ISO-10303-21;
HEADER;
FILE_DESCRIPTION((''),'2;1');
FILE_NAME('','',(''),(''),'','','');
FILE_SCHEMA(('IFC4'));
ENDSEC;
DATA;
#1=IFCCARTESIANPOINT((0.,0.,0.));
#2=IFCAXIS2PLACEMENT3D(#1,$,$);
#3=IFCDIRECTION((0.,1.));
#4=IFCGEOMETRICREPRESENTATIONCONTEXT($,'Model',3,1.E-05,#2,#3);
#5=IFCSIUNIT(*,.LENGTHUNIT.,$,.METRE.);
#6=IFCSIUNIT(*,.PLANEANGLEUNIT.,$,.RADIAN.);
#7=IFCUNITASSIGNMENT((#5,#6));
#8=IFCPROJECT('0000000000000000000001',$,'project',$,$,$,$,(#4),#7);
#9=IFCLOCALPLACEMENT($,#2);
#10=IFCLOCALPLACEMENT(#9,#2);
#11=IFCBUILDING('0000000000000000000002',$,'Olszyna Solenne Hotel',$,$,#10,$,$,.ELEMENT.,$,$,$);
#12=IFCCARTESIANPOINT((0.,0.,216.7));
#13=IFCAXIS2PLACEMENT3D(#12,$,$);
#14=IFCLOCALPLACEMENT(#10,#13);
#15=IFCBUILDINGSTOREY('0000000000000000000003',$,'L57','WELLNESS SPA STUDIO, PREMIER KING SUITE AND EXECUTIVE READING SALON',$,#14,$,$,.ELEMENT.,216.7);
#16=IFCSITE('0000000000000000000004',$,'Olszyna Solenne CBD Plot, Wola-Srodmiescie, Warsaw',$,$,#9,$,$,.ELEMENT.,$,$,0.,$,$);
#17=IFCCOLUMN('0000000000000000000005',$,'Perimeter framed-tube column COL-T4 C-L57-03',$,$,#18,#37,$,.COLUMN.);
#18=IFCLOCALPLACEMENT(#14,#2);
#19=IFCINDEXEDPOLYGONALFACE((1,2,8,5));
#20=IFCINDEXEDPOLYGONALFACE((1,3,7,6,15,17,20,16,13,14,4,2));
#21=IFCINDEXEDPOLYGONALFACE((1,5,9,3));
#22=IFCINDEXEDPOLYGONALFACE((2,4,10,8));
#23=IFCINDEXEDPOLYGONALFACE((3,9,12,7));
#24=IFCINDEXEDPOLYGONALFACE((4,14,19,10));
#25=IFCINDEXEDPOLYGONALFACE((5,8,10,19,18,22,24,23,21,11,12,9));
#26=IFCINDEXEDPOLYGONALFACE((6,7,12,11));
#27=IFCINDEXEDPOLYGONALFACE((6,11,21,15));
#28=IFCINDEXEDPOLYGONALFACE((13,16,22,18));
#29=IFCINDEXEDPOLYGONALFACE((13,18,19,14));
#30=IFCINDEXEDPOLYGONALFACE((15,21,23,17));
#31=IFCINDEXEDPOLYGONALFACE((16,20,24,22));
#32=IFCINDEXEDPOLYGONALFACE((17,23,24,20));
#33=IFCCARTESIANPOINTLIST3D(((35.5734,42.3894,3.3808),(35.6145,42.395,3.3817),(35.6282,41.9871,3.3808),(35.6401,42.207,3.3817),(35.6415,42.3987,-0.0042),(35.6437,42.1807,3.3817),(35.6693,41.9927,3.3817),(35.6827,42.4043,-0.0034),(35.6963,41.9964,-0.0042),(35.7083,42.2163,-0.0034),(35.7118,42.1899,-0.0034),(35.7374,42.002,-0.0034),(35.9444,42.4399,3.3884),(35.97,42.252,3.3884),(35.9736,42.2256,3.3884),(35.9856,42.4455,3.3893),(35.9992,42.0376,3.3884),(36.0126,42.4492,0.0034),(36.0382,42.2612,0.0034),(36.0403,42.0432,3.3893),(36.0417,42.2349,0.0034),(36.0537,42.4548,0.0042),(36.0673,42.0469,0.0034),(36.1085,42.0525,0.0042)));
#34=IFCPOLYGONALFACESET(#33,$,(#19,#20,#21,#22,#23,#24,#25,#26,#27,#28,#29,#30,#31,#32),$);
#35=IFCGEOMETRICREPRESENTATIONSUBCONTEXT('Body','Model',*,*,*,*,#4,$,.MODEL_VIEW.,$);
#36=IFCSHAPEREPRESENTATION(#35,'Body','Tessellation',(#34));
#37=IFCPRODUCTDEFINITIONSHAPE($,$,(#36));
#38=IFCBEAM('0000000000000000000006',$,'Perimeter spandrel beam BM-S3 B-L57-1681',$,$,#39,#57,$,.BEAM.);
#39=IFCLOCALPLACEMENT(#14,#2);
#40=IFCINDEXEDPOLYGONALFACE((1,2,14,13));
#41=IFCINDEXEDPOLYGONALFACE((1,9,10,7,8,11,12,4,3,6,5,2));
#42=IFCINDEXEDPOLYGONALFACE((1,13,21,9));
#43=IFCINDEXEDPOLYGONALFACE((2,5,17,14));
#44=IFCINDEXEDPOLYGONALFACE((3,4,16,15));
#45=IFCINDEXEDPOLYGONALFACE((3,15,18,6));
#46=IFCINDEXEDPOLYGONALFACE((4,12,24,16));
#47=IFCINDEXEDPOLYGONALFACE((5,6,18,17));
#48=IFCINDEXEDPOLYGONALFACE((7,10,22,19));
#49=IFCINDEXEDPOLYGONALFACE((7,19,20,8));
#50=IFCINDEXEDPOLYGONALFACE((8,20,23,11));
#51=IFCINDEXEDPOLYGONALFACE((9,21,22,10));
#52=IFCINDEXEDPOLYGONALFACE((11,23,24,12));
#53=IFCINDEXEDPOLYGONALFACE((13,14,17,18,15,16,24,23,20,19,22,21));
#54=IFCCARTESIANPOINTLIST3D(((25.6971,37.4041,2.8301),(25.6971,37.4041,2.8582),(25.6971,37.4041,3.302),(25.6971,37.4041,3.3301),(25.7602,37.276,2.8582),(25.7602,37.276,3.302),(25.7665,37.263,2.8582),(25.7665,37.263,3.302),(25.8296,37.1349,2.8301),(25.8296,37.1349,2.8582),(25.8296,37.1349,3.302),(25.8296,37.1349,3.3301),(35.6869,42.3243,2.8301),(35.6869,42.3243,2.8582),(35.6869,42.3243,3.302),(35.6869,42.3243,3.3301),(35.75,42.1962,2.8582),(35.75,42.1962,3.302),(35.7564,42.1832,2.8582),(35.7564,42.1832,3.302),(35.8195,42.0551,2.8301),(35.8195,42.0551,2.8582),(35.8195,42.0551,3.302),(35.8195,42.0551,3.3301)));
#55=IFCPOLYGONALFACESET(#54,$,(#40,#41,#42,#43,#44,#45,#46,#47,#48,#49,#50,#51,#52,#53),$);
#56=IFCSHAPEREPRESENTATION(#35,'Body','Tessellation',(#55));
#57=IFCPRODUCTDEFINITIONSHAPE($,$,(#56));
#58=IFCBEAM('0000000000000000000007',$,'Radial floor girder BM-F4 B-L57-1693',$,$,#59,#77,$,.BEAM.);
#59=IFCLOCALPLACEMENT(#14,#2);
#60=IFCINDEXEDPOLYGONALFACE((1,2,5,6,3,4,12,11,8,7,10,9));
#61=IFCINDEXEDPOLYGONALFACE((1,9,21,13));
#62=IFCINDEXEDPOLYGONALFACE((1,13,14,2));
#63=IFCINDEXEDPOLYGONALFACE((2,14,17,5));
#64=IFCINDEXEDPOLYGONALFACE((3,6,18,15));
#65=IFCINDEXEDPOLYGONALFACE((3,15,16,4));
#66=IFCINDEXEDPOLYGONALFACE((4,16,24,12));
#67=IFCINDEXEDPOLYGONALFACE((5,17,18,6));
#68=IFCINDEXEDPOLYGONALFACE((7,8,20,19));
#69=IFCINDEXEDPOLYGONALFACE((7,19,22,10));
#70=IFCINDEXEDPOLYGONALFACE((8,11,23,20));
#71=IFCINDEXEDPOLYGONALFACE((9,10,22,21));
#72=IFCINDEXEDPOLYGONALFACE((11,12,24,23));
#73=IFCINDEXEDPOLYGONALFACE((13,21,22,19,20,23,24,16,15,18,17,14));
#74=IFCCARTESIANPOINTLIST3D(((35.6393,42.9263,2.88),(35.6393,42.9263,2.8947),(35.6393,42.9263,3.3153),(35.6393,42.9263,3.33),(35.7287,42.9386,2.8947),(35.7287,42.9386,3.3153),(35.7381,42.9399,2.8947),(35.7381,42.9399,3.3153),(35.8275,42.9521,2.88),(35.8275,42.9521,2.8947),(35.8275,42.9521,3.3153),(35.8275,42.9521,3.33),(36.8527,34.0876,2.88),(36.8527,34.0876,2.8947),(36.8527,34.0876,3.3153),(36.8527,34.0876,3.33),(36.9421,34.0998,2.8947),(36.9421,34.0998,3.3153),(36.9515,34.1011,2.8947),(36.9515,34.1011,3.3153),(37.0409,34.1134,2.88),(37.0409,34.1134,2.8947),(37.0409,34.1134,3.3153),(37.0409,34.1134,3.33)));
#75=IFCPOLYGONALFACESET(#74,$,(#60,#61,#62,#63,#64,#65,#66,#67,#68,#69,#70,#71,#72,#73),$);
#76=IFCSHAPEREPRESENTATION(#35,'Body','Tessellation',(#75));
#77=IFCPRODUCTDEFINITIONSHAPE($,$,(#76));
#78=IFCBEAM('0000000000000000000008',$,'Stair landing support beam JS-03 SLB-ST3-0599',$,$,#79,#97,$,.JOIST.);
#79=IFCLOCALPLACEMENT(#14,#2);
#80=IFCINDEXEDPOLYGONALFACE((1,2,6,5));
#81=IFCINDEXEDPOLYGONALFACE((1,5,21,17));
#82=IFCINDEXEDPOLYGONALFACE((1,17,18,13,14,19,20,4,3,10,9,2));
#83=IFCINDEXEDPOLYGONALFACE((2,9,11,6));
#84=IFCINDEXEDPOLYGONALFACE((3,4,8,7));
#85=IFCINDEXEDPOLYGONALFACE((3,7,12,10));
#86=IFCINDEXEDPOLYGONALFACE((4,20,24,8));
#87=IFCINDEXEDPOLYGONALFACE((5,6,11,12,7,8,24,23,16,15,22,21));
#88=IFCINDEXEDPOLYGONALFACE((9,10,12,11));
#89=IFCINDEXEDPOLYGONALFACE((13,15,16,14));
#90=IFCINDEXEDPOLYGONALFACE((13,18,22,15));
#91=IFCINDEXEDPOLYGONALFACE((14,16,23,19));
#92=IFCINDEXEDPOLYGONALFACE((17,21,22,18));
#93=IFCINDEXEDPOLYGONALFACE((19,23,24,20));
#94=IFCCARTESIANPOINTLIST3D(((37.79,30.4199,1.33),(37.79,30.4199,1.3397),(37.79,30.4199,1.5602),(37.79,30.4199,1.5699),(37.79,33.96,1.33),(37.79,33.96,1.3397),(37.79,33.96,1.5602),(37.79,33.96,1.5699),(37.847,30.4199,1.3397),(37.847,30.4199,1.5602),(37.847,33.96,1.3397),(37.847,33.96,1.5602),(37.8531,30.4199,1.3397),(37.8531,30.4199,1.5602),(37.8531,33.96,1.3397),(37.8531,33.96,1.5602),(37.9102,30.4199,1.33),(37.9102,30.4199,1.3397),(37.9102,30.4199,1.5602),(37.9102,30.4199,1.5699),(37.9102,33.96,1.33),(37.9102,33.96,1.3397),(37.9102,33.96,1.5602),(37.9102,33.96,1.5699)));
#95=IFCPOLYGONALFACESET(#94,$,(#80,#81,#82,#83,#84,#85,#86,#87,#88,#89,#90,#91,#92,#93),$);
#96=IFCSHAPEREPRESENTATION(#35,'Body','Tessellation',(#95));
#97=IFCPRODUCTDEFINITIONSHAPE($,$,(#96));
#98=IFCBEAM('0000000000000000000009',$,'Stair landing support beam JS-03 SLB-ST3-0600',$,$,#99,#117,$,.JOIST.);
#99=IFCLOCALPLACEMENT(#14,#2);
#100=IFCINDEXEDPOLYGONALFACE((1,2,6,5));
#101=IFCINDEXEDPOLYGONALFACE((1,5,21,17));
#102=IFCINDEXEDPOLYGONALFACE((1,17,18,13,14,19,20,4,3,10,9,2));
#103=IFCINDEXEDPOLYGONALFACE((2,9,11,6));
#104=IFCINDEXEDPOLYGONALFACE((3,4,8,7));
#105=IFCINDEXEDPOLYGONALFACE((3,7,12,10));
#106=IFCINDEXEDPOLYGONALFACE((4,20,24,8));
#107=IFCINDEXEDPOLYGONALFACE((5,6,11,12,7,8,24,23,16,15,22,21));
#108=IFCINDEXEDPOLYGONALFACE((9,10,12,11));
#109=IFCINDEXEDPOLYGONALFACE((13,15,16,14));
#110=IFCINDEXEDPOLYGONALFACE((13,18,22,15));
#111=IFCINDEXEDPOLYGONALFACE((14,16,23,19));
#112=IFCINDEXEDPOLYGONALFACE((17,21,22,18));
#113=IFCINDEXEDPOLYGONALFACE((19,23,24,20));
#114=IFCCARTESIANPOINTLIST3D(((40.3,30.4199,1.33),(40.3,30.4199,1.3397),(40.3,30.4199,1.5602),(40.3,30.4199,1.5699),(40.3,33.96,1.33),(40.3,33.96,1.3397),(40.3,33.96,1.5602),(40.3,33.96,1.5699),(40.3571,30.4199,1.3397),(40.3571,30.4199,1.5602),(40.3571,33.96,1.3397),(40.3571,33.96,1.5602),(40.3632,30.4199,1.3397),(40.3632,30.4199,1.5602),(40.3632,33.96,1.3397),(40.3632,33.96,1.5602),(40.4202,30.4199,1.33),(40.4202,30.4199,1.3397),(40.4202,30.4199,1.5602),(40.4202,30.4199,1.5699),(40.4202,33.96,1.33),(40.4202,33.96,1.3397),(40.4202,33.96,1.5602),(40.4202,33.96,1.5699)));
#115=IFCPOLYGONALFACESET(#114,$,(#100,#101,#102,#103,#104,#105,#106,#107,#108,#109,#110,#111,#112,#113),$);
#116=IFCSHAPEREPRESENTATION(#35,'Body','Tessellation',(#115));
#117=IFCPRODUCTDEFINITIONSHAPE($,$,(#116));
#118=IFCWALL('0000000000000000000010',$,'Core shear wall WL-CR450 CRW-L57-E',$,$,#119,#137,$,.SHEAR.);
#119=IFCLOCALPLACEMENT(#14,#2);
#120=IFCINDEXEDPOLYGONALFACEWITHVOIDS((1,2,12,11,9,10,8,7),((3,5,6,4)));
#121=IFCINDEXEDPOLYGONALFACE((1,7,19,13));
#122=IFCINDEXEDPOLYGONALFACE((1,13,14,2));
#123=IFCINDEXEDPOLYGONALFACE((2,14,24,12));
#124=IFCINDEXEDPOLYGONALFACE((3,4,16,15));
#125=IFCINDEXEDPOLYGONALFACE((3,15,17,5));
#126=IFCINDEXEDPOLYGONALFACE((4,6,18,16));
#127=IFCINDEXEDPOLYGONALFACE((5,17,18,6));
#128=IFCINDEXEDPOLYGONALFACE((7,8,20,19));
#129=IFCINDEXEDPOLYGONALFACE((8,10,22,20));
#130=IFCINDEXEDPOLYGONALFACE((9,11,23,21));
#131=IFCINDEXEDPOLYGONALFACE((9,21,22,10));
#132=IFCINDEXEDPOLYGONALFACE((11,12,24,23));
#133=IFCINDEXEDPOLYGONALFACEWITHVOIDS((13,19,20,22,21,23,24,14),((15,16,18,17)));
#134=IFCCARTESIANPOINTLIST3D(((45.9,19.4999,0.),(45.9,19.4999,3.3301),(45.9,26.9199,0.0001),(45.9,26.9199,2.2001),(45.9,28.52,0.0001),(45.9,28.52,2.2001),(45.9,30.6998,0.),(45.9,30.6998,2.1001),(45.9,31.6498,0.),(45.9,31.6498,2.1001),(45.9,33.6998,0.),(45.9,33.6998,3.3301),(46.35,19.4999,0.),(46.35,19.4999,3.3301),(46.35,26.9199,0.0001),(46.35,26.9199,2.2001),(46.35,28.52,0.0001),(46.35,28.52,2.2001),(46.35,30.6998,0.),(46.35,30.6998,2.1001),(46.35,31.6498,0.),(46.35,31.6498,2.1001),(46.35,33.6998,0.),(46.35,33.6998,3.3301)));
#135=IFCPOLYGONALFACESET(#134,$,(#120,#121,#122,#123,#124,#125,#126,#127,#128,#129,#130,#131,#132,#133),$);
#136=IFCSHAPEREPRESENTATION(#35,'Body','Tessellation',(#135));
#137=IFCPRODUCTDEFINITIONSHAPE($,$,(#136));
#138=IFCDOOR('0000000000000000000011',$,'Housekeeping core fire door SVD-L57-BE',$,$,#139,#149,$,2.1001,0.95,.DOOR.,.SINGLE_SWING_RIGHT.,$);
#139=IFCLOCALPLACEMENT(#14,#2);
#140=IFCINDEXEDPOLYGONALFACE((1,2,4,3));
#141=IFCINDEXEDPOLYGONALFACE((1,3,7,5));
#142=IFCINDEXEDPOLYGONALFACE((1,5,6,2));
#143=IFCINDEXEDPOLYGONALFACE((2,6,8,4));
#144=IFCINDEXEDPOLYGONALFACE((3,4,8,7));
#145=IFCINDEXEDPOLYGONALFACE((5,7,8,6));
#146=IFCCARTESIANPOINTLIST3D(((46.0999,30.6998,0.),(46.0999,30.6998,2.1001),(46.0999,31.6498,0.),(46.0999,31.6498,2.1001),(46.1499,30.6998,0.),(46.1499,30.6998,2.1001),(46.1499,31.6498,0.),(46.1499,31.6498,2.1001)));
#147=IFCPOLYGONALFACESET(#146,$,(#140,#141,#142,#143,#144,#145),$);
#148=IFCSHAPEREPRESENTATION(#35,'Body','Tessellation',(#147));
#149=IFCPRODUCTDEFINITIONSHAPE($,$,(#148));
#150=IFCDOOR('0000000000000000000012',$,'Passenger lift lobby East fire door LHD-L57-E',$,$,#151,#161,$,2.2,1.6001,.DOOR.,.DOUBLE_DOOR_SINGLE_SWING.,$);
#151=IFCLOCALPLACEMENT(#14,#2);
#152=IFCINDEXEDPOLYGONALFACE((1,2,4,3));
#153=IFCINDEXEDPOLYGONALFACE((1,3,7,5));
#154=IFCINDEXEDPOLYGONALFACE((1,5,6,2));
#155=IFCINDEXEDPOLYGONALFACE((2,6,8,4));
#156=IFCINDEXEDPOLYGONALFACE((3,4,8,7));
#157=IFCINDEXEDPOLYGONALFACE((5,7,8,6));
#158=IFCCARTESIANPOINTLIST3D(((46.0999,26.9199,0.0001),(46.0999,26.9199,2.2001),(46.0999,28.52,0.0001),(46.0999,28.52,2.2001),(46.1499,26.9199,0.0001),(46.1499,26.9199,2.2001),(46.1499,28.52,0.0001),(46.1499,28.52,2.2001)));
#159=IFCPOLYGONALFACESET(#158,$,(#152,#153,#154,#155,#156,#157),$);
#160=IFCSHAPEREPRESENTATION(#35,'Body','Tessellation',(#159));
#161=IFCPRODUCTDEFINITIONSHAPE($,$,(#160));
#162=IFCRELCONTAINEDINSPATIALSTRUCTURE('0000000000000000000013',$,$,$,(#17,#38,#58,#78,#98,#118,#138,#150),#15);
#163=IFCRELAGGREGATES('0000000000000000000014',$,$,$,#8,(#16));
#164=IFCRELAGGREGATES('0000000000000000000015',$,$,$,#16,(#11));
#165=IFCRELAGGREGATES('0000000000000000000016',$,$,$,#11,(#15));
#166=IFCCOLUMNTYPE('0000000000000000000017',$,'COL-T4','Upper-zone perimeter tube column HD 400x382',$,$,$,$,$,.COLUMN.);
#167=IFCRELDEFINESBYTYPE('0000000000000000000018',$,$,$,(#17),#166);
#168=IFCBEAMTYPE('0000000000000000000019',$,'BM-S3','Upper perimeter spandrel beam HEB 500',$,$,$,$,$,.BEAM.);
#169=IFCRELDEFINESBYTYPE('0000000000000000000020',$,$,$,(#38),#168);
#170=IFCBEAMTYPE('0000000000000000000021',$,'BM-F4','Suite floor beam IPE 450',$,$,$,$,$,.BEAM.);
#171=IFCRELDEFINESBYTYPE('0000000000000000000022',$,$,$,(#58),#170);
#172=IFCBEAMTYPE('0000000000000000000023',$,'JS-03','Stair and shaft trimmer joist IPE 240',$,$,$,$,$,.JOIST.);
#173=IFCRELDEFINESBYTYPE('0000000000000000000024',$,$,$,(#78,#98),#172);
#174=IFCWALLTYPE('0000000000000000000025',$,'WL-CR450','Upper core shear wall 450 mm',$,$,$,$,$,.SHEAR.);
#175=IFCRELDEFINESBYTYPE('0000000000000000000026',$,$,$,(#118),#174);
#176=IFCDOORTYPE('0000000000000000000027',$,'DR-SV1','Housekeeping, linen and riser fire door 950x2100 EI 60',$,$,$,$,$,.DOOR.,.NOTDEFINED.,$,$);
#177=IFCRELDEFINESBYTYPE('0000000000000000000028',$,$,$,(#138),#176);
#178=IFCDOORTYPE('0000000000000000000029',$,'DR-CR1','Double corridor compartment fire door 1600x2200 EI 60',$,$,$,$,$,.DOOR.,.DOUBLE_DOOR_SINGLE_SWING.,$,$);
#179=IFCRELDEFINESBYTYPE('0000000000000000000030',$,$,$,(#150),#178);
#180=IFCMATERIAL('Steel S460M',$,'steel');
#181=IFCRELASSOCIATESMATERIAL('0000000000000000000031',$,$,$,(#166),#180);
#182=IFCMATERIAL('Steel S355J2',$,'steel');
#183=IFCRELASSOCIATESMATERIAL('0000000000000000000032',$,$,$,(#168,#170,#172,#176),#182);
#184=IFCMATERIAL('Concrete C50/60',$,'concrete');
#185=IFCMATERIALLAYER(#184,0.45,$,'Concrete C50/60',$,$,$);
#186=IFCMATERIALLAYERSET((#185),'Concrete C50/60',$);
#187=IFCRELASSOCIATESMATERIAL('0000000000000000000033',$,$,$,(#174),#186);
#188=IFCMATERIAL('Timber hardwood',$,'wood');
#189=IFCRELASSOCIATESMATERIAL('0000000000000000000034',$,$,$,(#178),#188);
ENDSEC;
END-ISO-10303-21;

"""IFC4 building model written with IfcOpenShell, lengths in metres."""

from ifc_helpers import new_model, si_unit, direction, frame, frame_2d, origin, origin_2d, place, context, subcontext, project, spatial, rectangle, i_section, extrude, source, transform, mapped, material, layer, layer_set, material_profile, profile_set, type_object, type_shapes, element, fill, save


model = new_model("IFC4")

# Units and contexts
model_context = context("Model", 3, precision=1e-05, world=origin(), true_north=direction((0.0, 1.0)))
body_context = subcontext(model_context, "Body", "Model", "MODEL_VIEW")
ifc_project = project(units=[si_unit("LENGTHUNIT", "METRE"), si_unit("PLANEANGLEUNIT", "RADIAN")], contexts=[model_context])

# Site, building, storey
site_placement = place(None, origin())
site = spatial("IfcSite", under=ifc_project, at=site_placement, Name="Olszyna Solenne CBD Plot, Wola-Srodmiescie, Warsaw", CompositionType="ELEMENT", RefElevation=0.0)
building_placement = place(site_placement, origin())
building = spatial("IfcBuilding", under=site, at=building_placement, Name="Olszyna Solenne Hotel", CompositionType="ELEMENT")
storey_placement = place(building_placement, frame((0.0, 0.0, 216.7)))
storey = spatial("IfcBuildingStorey", under=building, at=storey_placement, Name="L57", Description="WELLNESS SPA STUDIO, PREMIER KING SUITE AND EXECUTIVE READING SALON", CompositionType="ELEMENT", Elevation=216.7)

# Column
ifc_material_1 = material(Name="Steel S460M", Category="steel")
ifc_material_profile_1 = material_profile(ifc_material_1, i_section(OverallWidth=0.406, OverallDepth=0.416, WebThickness=0.0266, FlangeThickness=0.0415, at=origin_2d()), Name="HD 400x382", Category="load-bearing")
ifc_profile_set_1 = profile_set([ifc_material_profile_1], Name="Steel S460M")
column_type = type_object("IfcColumnType", Name="COL-T4", Description="Upper-zone perimeter tube column HD 400x382", PredefinedType="COLUMN", material=ifc_profile_set_1)
shared_shape_1 = source(origin(), body_context, "Body", "SweptSolid", [
    extrude(i_section(OverallWidth=0.406, OverallDepth=0.416, WebThickness=0.0266, FlangeThickness=0.0415, at=origin_2d()), origin(), (0.0, 0.0, 1.0), 3.3857),
])
column_placement = place(storey_placement, frame((35.875, 42.2256, 0.0), z_axis=(-0.020118, -0.00274, 0.999794), x_axis=(0.134955, -0.990852, 0.0)))
element("IfcColumn", 1, at=column_placement, inside=storey, type_object=column_type, Name="Perimeter framed-tube column COL-T4 C-L57-03", PredefinedType="COLUMN", context=body_context, shape_type="MappedRepresentation", body=[
    mapped(shared_shape_1, transform((0.0, 0.0, 0.0), x_axis=(1.0, 0.0, 0.0), y_axis=(0.0, 1.0, 0.0), z_axis=(0.0, 0.0, 1.0), scale=1.0)),
])

# Beams
ifc_material_2 = material(Name="Steel S355J2", Category="steel")
ifc_material_profile_2 = material_profile(ifc_material_2, i_section(OverallWidth=0.3, OverallDepth=0.5, WebThickness=0.0144, FlangeThickness=0.0281, at=origin_2d()), Name="HEB 500", Category="load-bearing")
ifc_profile_set_2 = profile_set([ifc_material_profile_2], Name="Steel S355J2")
beam_type_1 = type_object("IfcBeamType", Name="BM-S3", Description="Upper perimeter spandrel beam HEB 500", PredefinedType="BEAM", material=ifc_profile_set_2)
shared_shape_2 = source(origin(), body_context, "Body", "SweptSolid", [
    extrude(i_section(OverallWidth=0.3, OverallDepth=0.5, WebThickness=0.0144, FlangeThickness=0.0281, at=origin_2d()), origin(), (0.0, 0.0, 1.0), 11.1357),
])
beam_1_placement = place(storey_placement, frame((35.7532, 42.1897, 3.0801), z_axis=(-0.897095, -0.441838, 0.0), x_axis=(0.441838, -0.897095, 0.0)))
element("IfcBeam", 2, at=beam_1_placement, inside=storey, type_object=beam_type_1, Name="Perimeter spandrel beam BM-S3 B-L57-1681", PredefinedType="BEAM", context=body_context, shape_type="MappedRepresentation", body=[
    mapped(shared_shape_2, transform((0.0, 0.0, 0.0), x_axis=(1.0, 0.0, 0.0), y_axis=(0.0, 1.0, 0.0), z_axis=(0.0, 0.0, 1.0), scale=1.0)),
])
ifc_material_profile_3 = material_profile(ifc_material_2, i_section(OverallWidth=0.1899, OverallDepth=0.45, WebThickness=0.0095, FlangeThickness=0.0146, at=origin_2d()), Name="IPE 450", Category="load-bearing")
ifc_profile_set_3 = profile_set([ifc_material_profile_3], Name="Steel S355J2")
beam_type_2 = type_object("IfcBeamType", Name="BM-F4", Description="Suite floor beam IPE 450", PredefinedType="BEAM", material=ifc_profile_set_3)
shared_shape_3 = source(origin(), body_context, "Body", "SweptSolid", [
    extrude(i_section(OverallWidth=0.1899, OverallDepth=0.45, WebThickness=0.0095, FlangeThickness=0.0146, at=origin_2d()), origin(), (0.0, 0.0, 1.0), 8.9216),
])
beam_2_placement = place(storey_placement, frame((35.7334, 42.9392, 3.105), z_axis=(0.136006, -0.990708, 0.0), x_axis=(0.990708, 0.136006, 0.0)))
element("IfcBeam", 3, at=beam_2_placement, inside=storey, type_object=beam_type_2, Name="Radial floor girder BM-F4 B-L57-1693", PredefinedType="BEAM", context=body_context, shape_type="MappedRepresentation", body=[
    mapped(shared_shape_3, transform((0.0, 0.0, 0.0), x_axis=(1.0, 0.0, 0.0), y_axis=(0.0, 1.0, 0.0), z_axis=(0.0, 0.0, 1.0), scale=1.0)),
])
ifc_material_profile_4 = material_profile(ifc_material_2, i_section(OverallWidth=0.1201, OverallDepth=0.24, WebThickness=0.0061, FlangeThickness=0.0098, at=origin_2d()), Name="IPE 240", Category="load-bearing")
ifc_profile_set_4 = profile_set([ifc_material_profile_4], Name="Steel S355J2")
beam_type_3 = type_object("IfcBeamType", Name="JS-03", Description="Stair and shaft trimmer joist IPE 240", PredefinedType="JOIST", material=ifc_profile_set_4)
shared_shape_4 = source(origin(), body_context, "Body", "SweptSolid", [
    extrude(i_section(OverallWidth=0.1201, OverallDepth=0.24, WebThickness=0.0061, FlangeThickness=0.0098, at=origin_2d()), origin(), (0.0, 0.0, 1.0), 3.54),
])
for number, where, z_axis, x_axis, name in (
    (4, (37.8501, 30.4199, 1.45), (0.0, 1.0, 0.0), (-1.0, 0.0, 0.0), "Stair landing support beam JS-03 SLB-ST3-0599"),
    (5, (40.3601, 30.4199, 1.45), (0.0, 1.0, 0.0), (-1.0, 0.0, 0.0), "Stair landing support beam JS-03 SLB-ST3-0600"),
):
    element("IfcBeam", number, at=place(storey_placement, frame(where, z_axis=z_axis, x_axis=x_axis)), inside=storey, type_object=beam_type_3, Name=name, PredefinedType="JOIST", context=body_context, shape_type="MappedRepresentation", body=[
        mapped(shared_shape_4, transform((0.0, 0.0, 0.0), x_axis=(1.0, 0.0, 0.0), y_axis=(0.0, 1.0, 0.0), z_axis=(0.0, 0.0, 1.0), scale=1.0)),
    ])

# Wall, openings, doors
ifc_material_3 = material(Name="Concrete C50/60", Category="concrete")
ifc_layer_1 = layer(ifc_material_3, 0.45, Name="Concrete C50/60")
ifc_layer_set_1 = layer_set([ifc_layer_1], Name="Concrete C50/60")
wall_type_1 = type_object("IfcWallType", Name="WL-CR450", Description="Upper core shear wall 450 mm", PredefinedType="SHEAR", material=ifc_layer_set_1)
wall_1_placement = place(storey_placement, frame((46.125, 33.7, 0.0), z_axis=(0.0, 0.0, 1.0), x_axis=(0.0, -1.0, 0.0)))
wall_1 = element("IfcWall", 6, at=wall_1_placement, inside=storey, type_object=wall_type_1, Name="Core shear wall WL-CR450 CRW-L57-E", PredefinedType="SHEAR", context=body_context, shape_type="SweptSolid", body=[
    extrude(rectangle(XDim=14.2, YDim=0.45, at=frame_2d((7.1001, 0.0))), origin(), (0.0, 0.0, 1.0), 3.3301),
])
opening_1_placement = place(wall_1_placement, frame((5.1799, 0.0, 0.0)))
opening_1 = element("IfcOpeningElement", 7, at=opening_1_placement, cuts=wall_1, PredefinedType="OPENING", context=body_context, shape_type="SweptSolid", body=[
    extrude(rectangle(XDim=1.6001, YDim=2.2, at=frame_2d((0.8, 1.1001))), frame((0.0, 0.2349, 0.0), z_axis=(0.0, -1.0, 0.0), x_axis=(1.0, 0.0, 0.0)), (0.0, 0.0, 1.0), 0.47),
])
opening_2_placement = place(wall_1_placement, frame((2.05, 0.0, 0.0)))
opening_2 = element("IfcOpeningElement", 8, at=opening_2_placement, cuts=wall_1, PredefinedType="OPENING", context=body_context, shape_type="SweptSolid", body=[
    extrude(rectangle(XDim=0.95, YDim=2.1001, at=frame_2d((0.4751, 1.05))), frame((0.0, 0.2349, 0.0), z_axis=(0.0, -1.0, 0.0), x_axis=(1.0, 0.0, 0.0)), (0.0, 0.0, 1.0), 0.47),
])
door_type_1 = type_object("IfcDoorType", Name="DR-SV1", Description="Housekeeping, linen and riser fire door 950x2100 EI 60", OperationType="NOTDEFINED", PredefinedType="DOOR", material=ifc_material_2)
shared_shape_5 = source(origin(), body_context, "Body", "SweptSolid", [
    extrude(rectangle(XDim=0.95, YDim=2.1001, at=frame_2d((0.4751, 1.05))), frame((0.0, 0.0249, 0.0), z_axis=(0.0, -1.0, 0.0), x_axis=(1.0, 0.0, 0.0)), (0.0, 0.0, 1.0), 0.05),
])
type_shapes(door_type_1, [shared_shape_5])
door_1_placement = place(opening_2_placement, origin())
door_1 = element("IfcDoor", 9, at=door_1_placement, inside=storey, type_object=door_type_1, Name="Housekeeping core fire door SVD-L57-BE", OperationType="SINGLE_SWING_RIGHT", OverallHeight=2.1001, OverallWidth=0.95, PredefinedType="DOOR", context=body_context, shape_type="MappedRepresentation", body=[
    mapped(shared_shape_5, transform((0.0, 0.0, 0.0), x_axis=(1.0, 0.0, 0.0), y_axis=(0.0, 1.0, 0.0), z_axis=(0.0, 0.0, 1.0), scale=1.0)),
])
fill(opening_2, door_1)
ifc_material_4 = material(Name="Timber hardwood", Category="wood")
door_type_2 = type_object("IfcDoorType", Name="DR-CR1", Description="Double corridor compartment fire door 1600x2200 EI 60", OperationType="DOUBLE_DOOR_SINGLE_SWING", PredefinedType="DOOR", material=ifc_material_4)
shared_shape_6 = source(origin(), body_context, "Body", "SweptSolid", [
    extrude(rectangle(XDim=1.6001, YDim=2.2, at=frame_2d((0.8, 1.1001))), frame((0.0, 0.0249, 0.0), z_axis=(0.0, -1.0, 0.0), x_axis=(1.0, 0.0, 0.0)), (0.0, 0.0, 1.0), 0.05),
])
type_shapes(door_type_2, [shared_shape_6])
door_2_placement = place(opening_1_placement, origin())
door_2 = element("IfcDoor", 10, at=door_2_placement, inside=storey, type_object=door_type_2, Name="Passenger lift lobby East fire door LHD-L57-E", OperationType="DOUBLE_DOOR_SINGLE_SWING", OverallHeight=2.2, OverallWidth=1.6001, PredefinedType="DOOR", context=body_context, shape_type="MappedRepresentation", body=[
    mapped(shared_shape_6, transform((0.0, 0.0, 0.0), x_axis=(1.0, 0.0, 0.0), y_axis=(0.0, 1.0, 0.0), z_axis=(0.0, 0.0, 1.0), scale=1.0)),
])
fill(opening_1, door_2)

save(model, "model.ifc")
